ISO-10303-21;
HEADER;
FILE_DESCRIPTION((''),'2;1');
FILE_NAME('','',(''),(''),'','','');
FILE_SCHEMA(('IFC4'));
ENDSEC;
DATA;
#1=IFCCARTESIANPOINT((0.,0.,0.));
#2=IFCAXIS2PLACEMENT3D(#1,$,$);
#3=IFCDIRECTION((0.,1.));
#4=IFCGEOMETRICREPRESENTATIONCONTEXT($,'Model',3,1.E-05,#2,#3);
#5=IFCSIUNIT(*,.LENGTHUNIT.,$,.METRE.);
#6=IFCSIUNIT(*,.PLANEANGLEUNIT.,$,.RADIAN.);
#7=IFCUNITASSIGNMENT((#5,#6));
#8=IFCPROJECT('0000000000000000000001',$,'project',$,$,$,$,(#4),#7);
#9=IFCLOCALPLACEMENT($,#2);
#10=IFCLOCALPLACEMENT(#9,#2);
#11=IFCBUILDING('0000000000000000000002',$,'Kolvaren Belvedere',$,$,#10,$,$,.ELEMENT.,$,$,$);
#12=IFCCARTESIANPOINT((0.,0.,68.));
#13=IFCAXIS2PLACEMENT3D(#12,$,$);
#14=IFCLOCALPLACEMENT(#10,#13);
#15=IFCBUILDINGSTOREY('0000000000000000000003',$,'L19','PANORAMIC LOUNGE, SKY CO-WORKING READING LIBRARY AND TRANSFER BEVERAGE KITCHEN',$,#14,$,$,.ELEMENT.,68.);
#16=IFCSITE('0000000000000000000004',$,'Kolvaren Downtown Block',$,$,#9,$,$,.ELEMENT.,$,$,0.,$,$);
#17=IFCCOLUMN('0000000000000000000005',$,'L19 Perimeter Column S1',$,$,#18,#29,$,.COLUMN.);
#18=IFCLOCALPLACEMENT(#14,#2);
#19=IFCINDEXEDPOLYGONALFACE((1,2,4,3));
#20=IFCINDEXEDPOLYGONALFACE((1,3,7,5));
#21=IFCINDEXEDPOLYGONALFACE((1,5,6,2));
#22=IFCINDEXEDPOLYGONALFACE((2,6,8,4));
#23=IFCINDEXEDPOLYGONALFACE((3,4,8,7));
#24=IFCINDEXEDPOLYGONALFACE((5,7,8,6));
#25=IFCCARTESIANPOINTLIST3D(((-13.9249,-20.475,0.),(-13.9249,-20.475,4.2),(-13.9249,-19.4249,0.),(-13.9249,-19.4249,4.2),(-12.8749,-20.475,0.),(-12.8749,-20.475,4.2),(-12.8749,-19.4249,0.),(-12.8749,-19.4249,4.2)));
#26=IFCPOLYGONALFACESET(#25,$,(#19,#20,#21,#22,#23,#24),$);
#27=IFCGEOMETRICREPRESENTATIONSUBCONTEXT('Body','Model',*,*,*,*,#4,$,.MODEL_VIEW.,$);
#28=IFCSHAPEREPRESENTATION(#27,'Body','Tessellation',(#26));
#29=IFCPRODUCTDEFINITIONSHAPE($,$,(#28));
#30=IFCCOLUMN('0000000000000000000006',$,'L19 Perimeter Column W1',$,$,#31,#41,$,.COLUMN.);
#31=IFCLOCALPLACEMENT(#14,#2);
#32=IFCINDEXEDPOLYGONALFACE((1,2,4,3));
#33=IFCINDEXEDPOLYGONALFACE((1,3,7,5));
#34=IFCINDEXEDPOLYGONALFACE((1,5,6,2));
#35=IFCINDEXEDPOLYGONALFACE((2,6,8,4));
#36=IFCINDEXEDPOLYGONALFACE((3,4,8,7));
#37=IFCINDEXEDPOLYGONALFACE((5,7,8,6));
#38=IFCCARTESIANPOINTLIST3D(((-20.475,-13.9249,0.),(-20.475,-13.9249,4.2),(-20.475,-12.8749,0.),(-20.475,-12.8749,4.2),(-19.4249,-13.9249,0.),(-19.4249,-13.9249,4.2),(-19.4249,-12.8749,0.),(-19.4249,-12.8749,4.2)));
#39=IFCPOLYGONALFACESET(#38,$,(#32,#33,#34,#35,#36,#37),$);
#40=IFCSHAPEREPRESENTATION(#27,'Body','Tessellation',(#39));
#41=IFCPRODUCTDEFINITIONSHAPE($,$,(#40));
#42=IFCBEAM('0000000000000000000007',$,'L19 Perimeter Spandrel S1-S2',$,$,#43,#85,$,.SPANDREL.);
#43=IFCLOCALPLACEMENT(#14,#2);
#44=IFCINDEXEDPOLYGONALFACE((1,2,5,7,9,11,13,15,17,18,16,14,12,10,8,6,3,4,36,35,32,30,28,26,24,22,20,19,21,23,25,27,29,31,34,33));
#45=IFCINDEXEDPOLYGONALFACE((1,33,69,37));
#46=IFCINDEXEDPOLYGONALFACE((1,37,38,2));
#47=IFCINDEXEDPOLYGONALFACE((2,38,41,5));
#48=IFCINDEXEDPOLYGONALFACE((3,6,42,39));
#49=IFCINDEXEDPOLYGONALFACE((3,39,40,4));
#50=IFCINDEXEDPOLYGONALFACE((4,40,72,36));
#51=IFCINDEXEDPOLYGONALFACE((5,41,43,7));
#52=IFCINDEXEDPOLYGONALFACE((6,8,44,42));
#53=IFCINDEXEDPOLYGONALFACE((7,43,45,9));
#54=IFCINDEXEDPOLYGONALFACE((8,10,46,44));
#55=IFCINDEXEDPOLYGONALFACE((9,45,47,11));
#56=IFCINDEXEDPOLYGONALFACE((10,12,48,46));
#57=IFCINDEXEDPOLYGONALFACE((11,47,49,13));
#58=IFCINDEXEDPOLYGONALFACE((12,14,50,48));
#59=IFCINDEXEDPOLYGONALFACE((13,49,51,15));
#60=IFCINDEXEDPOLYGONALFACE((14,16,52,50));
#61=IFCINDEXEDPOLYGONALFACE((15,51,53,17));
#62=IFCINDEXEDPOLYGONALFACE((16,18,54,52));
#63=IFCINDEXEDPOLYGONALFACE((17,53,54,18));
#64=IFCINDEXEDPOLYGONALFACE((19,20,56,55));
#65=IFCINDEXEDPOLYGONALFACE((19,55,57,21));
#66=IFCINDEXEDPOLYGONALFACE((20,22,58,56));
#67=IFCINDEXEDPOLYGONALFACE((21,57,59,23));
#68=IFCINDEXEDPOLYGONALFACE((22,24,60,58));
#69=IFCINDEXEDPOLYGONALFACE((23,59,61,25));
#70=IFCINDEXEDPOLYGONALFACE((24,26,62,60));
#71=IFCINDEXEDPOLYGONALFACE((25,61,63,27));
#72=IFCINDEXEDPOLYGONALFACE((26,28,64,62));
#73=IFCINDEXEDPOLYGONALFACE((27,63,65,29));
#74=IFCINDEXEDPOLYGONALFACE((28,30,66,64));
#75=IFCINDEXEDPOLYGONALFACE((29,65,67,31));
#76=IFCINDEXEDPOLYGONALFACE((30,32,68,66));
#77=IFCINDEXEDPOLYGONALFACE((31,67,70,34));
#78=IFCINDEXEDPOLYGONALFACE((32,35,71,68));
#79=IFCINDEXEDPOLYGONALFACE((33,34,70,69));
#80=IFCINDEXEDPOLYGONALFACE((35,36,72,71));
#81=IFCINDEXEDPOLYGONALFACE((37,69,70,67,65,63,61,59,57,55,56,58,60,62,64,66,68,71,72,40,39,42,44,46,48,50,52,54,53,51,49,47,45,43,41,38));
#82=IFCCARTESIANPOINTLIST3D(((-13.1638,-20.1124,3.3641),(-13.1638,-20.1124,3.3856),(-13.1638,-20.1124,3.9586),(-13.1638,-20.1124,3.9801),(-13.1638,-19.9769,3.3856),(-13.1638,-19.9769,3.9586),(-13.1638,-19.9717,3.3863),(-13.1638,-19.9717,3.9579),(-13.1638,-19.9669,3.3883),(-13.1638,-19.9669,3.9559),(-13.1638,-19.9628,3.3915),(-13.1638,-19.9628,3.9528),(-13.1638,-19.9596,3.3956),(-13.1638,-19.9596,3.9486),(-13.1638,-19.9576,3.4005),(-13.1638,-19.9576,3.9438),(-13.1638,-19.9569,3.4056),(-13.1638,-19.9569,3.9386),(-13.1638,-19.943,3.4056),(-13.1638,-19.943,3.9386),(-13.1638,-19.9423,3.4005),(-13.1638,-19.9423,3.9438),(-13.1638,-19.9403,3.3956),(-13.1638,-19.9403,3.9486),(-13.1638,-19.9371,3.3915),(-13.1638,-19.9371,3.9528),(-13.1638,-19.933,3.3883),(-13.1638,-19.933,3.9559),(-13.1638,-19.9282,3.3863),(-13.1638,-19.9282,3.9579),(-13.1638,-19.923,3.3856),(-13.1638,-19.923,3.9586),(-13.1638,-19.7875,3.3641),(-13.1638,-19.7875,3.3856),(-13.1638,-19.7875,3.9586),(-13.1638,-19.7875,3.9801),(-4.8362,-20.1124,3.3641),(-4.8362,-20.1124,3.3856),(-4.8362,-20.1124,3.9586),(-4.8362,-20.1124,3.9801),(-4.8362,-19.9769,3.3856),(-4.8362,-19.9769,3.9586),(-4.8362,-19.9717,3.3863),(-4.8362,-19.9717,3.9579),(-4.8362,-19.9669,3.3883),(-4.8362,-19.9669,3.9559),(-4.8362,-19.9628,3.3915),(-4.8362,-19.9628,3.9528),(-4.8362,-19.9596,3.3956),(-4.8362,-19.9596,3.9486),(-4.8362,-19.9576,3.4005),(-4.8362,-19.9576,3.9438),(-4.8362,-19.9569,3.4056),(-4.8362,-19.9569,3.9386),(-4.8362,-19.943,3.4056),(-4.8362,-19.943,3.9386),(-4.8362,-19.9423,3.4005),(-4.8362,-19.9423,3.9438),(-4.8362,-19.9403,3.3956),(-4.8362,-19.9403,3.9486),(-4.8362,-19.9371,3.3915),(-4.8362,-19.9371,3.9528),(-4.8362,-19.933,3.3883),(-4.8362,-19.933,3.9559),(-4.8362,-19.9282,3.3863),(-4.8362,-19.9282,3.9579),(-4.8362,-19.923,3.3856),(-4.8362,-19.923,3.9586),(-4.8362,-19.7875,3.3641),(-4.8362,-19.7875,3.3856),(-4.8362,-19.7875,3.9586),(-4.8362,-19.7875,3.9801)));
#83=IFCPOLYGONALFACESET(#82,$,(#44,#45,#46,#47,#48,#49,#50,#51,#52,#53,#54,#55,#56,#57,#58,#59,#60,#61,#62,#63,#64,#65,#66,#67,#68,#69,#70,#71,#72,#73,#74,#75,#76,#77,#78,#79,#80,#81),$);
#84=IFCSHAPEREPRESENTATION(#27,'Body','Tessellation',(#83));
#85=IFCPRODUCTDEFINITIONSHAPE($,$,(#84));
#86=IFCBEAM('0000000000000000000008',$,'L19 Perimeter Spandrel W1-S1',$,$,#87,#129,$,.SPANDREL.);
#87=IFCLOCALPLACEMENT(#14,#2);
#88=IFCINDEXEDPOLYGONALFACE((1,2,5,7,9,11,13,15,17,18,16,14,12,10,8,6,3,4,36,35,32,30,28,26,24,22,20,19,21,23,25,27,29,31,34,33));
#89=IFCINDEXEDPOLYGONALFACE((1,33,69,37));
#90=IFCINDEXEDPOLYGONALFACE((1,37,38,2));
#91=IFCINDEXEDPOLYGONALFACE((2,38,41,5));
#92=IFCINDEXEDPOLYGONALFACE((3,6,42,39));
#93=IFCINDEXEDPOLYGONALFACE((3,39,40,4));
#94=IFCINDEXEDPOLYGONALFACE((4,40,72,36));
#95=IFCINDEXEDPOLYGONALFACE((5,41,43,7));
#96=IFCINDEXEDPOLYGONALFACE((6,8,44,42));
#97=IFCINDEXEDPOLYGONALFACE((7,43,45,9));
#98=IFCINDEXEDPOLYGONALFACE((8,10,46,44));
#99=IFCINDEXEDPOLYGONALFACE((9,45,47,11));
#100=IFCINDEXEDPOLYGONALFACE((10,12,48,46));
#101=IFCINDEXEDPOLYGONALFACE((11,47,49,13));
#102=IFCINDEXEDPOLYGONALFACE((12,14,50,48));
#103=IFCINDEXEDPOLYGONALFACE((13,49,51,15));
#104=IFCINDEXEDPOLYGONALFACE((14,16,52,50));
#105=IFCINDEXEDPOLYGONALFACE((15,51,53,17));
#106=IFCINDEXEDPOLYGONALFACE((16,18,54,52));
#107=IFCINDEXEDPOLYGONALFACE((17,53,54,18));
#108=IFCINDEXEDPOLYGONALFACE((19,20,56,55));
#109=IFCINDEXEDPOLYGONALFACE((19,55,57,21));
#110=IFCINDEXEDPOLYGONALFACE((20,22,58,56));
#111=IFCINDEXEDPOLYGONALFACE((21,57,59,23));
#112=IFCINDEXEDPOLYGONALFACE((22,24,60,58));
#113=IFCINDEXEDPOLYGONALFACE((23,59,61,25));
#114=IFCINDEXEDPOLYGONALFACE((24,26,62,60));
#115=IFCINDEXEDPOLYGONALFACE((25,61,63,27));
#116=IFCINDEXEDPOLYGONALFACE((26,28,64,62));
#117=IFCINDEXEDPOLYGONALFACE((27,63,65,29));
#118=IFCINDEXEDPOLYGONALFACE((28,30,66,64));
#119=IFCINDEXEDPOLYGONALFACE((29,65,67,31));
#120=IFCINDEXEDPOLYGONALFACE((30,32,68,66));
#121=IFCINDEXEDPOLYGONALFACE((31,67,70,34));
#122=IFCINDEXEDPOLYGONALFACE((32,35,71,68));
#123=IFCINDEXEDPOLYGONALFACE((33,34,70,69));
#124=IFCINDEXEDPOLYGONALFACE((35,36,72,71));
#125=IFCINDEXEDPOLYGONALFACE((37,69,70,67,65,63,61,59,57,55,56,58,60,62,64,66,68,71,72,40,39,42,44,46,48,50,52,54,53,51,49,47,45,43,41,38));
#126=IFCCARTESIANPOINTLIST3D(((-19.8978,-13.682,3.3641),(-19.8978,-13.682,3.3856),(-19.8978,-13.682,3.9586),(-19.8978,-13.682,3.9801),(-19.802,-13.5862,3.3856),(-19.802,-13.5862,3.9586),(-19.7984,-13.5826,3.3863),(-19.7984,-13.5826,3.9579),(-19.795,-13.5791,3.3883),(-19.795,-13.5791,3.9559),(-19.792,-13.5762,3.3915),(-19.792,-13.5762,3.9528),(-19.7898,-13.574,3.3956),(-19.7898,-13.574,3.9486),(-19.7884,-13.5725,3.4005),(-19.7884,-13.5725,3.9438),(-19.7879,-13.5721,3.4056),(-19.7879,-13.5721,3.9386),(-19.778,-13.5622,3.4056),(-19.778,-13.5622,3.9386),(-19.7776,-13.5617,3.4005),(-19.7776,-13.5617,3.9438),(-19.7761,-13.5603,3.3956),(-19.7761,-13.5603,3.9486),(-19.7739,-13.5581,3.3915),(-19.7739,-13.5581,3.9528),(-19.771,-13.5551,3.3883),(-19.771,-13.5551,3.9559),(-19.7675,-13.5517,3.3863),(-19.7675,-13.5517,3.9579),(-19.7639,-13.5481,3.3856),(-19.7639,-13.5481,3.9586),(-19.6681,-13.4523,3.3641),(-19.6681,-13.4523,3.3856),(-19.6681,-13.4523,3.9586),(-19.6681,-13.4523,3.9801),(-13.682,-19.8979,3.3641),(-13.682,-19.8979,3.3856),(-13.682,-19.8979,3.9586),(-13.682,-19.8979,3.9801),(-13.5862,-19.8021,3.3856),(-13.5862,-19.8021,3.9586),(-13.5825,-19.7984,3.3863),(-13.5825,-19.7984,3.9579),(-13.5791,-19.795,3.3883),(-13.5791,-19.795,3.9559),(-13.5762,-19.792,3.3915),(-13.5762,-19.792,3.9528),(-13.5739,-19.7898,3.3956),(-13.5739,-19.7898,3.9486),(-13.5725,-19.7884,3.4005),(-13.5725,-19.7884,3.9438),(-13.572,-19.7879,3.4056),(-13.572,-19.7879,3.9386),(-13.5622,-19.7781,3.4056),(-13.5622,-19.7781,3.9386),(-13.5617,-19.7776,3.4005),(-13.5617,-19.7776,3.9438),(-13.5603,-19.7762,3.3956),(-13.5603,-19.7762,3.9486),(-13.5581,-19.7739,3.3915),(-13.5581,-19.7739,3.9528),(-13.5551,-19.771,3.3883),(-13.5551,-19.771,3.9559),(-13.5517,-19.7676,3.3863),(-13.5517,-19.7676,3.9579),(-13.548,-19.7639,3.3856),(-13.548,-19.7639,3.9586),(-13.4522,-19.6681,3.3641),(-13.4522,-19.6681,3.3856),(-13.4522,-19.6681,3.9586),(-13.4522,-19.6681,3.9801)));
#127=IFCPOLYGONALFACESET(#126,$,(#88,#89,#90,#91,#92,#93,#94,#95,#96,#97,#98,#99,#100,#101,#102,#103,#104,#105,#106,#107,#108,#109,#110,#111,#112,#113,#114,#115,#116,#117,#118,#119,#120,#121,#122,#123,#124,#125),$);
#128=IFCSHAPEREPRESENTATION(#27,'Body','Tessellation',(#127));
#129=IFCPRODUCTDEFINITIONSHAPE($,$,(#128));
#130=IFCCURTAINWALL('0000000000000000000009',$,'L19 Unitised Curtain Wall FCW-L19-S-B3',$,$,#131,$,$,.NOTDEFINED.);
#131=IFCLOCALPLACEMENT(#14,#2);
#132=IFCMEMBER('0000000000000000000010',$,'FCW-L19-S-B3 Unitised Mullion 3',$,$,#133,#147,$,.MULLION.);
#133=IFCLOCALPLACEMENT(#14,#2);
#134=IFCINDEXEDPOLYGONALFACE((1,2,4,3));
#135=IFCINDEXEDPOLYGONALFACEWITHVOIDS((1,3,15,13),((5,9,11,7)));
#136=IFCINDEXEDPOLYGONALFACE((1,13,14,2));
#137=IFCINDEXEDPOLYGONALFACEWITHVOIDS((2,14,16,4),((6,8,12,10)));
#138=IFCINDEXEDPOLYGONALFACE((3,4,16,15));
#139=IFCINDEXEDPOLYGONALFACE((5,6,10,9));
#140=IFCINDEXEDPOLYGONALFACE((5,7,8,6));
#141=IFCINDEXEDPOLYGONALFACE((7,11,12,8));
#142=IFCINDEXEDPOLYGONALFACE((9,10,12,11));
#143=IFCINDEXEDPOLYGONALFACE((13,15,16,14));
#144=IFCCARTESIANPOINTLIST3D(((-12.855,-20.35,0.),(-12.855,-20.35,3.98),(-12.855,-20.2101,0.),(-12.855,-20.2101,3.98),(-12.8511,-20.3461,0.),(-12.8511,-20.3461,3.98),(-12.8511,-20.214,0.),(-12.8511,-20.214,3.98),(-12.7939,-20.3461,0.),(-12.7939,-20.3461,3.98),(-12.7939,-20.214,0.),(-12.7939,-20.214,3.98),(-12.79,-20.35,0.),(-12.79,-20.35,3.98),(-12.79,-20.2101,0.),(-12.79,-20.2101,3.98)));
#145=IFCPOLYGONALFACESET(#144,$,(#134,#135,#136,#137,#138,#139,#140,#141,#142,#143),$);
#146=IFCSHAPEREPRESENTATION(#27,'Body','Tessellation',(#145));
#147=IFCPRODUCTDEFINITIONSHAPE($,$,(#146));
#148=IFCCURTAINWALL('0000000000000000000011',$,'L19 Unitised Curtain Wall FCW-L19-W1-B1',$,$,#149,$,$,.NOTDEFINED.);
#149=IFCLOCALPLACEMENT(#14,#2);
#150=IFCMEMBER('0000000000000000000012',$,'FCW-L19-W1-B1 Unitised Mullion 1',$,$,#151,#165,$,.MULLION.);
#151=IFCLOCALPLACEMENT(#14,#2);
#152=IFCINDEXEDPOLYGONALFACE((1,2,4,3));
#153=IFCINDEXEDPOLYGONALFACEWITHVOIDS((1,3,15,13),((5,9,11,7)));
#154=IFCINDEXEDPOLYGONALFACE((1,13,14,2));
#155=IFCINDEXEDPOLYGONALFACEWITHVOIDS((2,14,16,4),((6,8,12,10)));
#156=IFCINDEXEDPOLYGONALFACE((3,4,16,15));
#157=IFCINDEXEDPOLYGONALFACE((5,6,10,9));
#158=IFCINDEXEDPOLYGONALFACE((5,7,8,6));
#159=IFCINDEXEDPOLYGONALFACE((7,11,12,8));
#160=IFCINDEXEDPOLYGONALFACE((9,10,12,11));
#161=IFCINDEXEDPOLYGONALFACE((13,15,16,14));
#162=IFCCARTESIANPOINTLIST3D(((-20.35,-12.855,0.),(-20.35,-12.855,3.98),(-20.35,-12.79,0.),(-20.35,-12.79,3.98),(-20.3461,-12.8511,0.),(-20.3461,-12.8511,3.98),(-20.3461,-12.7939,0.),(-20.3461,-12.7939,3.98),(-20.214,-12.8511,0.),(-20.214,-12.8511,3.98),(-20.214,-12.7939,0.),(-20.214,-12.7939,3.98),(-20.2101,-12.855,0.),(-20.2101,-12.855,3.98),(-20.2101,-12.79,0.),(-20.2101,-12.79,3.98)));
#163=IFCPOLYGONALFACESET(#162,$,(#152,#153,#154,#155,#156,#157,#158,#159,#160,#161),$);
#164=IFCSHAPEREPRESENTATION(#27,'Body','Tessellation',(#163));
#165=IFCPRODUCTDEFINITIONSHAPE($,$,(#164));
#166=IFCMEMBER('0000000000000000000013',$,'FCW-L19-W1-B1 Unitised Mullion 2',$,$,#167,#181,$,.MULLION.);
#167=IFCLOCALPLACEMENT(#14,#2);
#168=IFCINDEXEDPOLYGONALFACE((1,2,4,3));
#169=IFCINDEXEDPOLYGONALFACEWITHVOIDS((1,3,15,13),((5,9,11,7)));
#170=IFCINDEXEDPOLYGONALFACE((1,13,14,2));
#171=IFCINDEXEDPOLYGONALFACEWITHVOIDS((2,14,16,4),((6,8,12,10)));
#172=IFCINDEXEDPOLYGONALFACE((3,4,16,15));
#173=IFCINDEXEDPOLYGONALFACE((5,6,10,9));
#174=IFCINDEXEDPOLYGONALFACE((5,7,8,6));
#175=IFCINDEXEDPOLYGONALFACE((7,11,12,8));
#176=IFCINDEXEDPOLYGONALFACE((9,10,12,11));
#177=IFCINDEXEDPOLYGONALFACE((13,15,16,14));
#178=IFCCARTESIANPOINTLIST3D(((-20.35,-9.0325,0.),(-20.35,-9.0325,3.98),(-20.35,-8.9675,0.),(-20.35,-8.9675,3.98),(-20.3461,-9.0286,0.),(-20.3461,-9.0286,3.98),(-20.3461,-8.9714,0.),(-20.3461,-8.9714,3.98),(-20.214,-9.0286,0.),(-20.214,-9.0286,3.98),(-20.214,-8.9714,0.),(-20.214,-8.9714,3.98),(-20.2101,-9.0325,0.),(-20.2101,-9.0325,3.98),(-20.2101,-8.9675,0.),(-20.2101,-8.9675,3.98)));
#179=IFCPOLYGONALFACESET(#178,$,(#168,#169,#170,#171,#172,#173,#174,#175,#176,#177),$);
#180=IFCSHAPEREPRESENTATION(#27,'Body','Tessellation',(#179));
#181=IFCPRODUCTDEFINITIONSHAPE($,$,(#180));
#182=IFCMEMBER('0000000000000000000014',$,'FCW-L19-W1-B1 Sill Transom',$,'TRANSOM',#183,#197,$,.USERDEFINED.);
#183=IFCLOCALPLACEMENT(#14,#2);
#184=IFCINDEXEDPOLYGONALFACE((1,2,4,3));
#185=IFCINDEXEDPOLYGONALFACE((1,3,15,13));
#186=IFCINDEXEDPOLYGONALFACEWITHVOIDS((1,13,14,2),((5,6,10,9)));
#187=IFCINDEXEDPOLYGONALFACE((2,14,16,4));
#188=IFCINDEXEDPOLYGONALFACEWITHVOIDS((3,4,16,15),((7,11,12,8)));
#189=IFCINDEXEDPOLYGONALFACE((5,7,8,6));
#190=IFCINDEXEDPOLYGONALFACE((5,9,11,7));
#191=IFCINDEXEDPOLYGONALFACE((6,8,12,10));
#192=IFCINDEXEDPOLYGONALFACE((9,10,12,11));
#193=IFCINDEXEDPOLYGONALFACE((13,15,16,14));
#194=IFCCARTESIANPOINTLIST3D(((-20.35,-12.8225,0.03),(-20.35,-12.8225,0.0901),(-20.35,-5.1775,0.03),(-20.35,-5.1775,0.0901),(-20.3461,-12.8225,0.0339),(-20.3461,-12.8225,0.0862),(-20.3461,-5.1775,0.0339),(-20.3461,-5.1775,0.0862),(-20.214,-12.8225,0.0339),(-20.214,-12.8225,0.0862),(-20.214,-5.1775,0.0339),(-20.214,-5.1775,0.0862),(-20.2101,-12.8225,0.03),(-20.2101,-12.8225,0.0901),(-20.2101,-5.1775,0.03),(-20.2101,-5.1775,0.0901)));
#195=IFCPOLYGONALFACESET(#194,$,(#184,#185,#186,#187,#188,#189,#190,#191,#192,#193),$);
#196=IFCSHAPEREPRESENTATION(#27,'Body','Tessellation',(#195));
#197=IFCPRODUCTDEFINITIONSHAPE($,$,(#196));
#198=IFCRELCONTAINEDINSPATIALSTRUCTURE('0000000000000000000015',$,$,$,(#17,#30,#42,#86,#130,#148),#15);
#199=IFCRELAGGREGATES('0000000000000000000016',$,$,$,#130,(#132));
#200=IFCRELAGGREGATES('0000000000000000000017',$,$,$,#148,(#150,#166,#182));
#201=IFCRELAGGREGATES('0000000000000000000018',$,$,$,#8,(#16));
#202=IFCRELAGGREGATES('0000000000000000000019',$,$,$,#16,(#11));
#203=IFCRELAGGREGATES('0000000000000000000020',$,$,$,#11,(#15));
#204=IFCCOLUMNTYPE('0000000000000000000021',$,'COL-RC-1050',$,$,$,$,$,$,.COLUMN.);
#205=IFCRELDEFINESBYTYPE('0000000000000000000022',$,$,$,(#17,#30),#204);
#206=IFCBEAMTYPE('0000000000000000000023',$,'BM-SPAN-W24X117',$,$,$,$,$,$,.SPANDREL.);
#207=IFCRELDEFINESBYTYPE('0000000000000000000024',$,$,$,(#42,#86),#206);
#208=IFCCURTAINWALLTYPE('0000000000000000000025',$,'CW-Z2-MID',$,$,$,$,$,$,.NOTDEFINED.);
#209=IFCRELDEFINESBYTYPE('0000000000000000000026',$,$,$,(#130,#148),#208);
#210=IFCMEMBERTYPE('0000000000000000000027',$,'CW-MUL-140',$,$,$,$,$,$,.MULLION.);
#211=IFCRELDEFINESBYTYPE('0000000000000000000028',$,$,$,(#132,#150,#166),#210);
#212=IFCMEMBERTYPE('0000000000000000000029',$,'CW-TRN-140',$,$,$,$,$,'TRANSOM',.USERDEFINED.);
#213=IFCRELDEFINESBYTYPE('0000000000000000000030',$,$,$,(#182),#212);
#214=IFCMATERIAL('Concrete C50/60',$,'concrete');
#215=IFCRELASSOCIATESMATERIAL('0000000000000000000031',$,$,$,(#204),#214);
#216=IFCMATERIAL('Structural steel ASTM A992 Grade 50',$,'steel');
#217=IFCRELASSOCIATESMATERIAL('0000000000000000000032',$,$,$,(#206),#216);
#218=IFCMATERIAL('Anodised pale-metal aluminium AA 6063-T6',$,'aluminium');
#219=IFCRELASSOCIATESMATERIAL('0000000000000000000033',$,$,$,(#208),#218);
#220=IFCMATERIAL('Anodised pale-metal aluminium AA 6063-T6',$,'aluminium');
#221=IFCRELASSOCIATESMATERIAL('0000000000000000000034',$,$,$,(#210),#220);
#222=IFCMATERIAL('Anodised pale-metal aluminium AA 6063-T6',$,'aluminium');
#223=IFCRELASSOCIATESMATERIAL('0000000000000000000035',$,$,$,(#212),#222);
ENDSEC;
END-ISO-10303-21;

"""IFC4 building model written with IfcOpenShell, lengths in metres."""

from ifc_helpers import new_model, si_unit, direction, frame, origin, origin_2d, place, context, subcontext, project, spatial, rectangle, hollow_rectangle, i_section, extrude, material, material_profile, profile_set, type_object, element, aggregate, save


model = new_model("IFC4")

# Units and contexts
model_context = context("Model", 3, precision=1e-05, world=origin(), true_north=direction((0.0, 1.0)))
body_context = subcontext(model_context, "Body", "Model", "MODEL_VIEW")
ifc_project = project(units=[si_unit("LENGTHUNIT", "METRE"), si_unit("PLANEANGLEUNIT", "RADIAN")], contexts=[model_context])

# Site, building, storey
site_placement = place(None, origin())
site = spatial("IfcSite", under=ifc_project, at=site_placement, Name="Kolvaren Downtown Block", CompositionType="ELEMENT", RefElevation=0.0)
building_placement = place(site_placement, origin())
building = spatial("IfcBuilding", under=site, at=building_placement, Name="Kolvaren Belvedere", CompositionType="ELEMENT")
storey_placement = place(building_placement, frame((0.0, 0.0, 68.0)))
storey = spatial("IfcBuildingStorey", under=building, at=storey_placement, Name="L19", Description="PANORAMIC LOUNGE, SKY CO-WORKING READING LIBRARY AND TRANSFER BEVERAGE KITCHEN", CompositionType="ELEMENT", Elevation=68.0)

# Columns
ifc_material_1 = material(Name="Concrete C50/60", Category="concrete")
ifc_material_profile_1 = material_profile(ifc_material_1, rectangle(XDim=1.05, YDim=1.05, at=origin_2d()), Name="RC 1050X1050")
ifc_profile_set_1 = profile_set([ifc_material_profile_1], Name="Concrete C50/60")
column_type = type_object("IfcColumnType", Name="COL-RC-1050", PredefinedType="COLUMN", material=ifc_profile_set_1)
for number, where, z_axis, x_axis, name in (
    (1, (-13.3999, -19.95, 0.0), (0.0, 0.0, 1.0), (1.0, 0.0, 0.0), "L19 Perimeter Column S1"),
    (2, (-19.95, -13.3999, 0.0), (0.0, 0.0, 1.0), (1.0, 0.0, 0.0), "L19 Perimeter Column W1"),
):
    element("IfcColumn", number, at=place(storey_placement, frame(where, z_axis=z_axis, x_axis=x_axis)), inside=storey, type_object=column_type, Name=name, PredefinedType="COLUMN", context=body_context, shape_type="SweptSolid", body=[
        extrude(rectangle(XDim=1.05, YDim=1.05, at=origin_2d()), origin(), (0.0, 0.0, 1.0), 4.2),
    ])

# Beams
ifc_material_2 = material(Name="Structural steel ASTM A992 Grade 50", Category="steel")
ifc_material_profile_2 = material_profile(ifc_material_2, i_section(OverallWidth=0.325, OverallDepth=0.616, WebThickness=0.0139, FlangeThickness=0.0215, FilletRadius=0.02, at=origin_2d()), Name="W24X117")
ifc_profile_set_2 = profile_set([ifc_material_profile_2], Name="Structural steel ASTM A992 Grade 50")
beam_type = type_object("IfcBeamType", Name="BM-SPAN-W24X117", PredefinedType="SPANDREL", material=ifc_profile_set_2)
beam_1_placement = place(storey_placement, frame((-13.1638, -19.95, 3.6721), z_axis=(1.0, 0.0, 0.0), x_axis=(0.0, 1.0, 0.0)))
element("IfcBeam", 3, at=beam_1_placement, inside=storey, type_object=beam_type, Name="L19 Perimeter Spandrel S1-S2", PredefinedType="SPANDREL", context=body_context, shape_type="SweptSolid", body=[
    extrude(i_section(OverallWidth=0.325, OverallDepth=0.616, WebThickness=0.0139, FlangeThickness=0.0215, FilletRadius=0.02, at=origin_2d()), origin(), (0.0, 0.0, 1.0), 8.3276),
])
beam_2_placement = place(storey_placement, frame((-19.783, -13.5671, 3.6721), z_axis=(0.707107, -0.707107, 0.0), x_axis=(0.707107, 0.707107, 0.0)))
element("IfcBeam", 4, at=beam_2_placement, inside=storey, type_object=beam_type, Name="L19 Perimeter Spandrel W1-S1", PredefinedType="SPANDREL", context=body_context, shape_type="SweptSolid", body=[
    extrude(i_section(OverallWidth=0.325, OverallDepth=0.616, WebThickness=0.0139, FlangeThickness=0.0215, FilletRadius=0.02, at=origin_2d()), origin(), (0.0, 0.0, 1.0), 8.7905),
])

# Curtain wall, member
ifc_material_3 = material(Name="Anodised pale-metal aluminium AA 6063-T6", Category="aluminium")
curtain_wall_type = type_object("IfcCurtainWallType", Name="CW-Z2-MID", PredefinedType="NOTDEFINED", material=ifc_material_3)
curtain_wall_1_placement = place(storey_placement, origin())
curtain_wall_1 = element("IfcCurtainWall", 5, at=curtain_wall_1_placement, inside=storey, type_object=curtain_wall_type, Name="L19 Unitised Curtain Wall FCW-L19-S-B3", PredefinedType="NOTDEFINED")
ifc_material_4 = material(Name="Anodised pale-metal aluminium AA 6063-T6", Category="aluminium")
ifc_material_profile_3 = material_profile(ifc_material_4, hollow_rectangle(XDim=0.0649, YDim=0.1399, WallThickness=0.0039, at=origin_2d()), Name="ALU-MUL-140X65")
ifc_profile_set_3 = profile_set([ifc_material_profile_3], Name="Anodised pale-metal aluminium AA 6063-T6")
member_type_1 = type_object("IfcMemberType", Name="CW-MUL-140", PredefinedType="MULLION", material=ifc_profile_set_3)
member_1_placement = place(storey_placement, frame((-12.8225, -20.28, 0.0), z_axis=(0.0, 0.0, 1.0), x_axis=(1.0, 0.0, 0.0)))
member_1 = element("IfcMember", 6, at=member_1_placement, type_object=member_type_1, Name="FCW-L19-S-B3 Unitised Mullion 3", PredefinedType="MULLION", context=body_context, shape_type="SweptSolid", body=[
    extrude(hollow_rectangle(XDim=0.0649, YDim=0.1399, WallThickness=0.0039, at=origin_2d()), origin(), (0.0, 0.0, 1.0), 3.98),
])
aggregate(curtain_wall_1, [member_1])

# Curtain wall, members
curtain_wall_2_placement = place(storey_placement, origin())
curtain_wall_2 = element("IfcCurtainWall", 7, at=curtain_wall_2_placement, inside=storey, type_object=curtain_wall_type, Name="L19 Unitised Curtain Wall FCW-L19-W1-B1", PredefinedType="NOTDEFINED")
member_2_placement = place(storey_placement, frame((-20.28, -12.8225, 0.0), z_axis=(0.0, 0.0, 1.0), x_axis=(0.0, 1.0, 0.0)))
member_2 = element("IfcMember", 8, at=member_2_placement, type_object=member_type_1, Name="FCW-L19-W1-B1 Unitised Mullion 1", PredefinedType="MULLION", context=body_context, shape_type="SweptSolid", body=[
    extrude(hollow_rectangle(XDim=0.0649, YDim=0.1399, WallThickness=0.0039, at=origin_2d()), origin(), (0.0, 0.0, 1.0), 3.98),
])
member_3_placement = place(storey_placement, frame((-20.28, -9.0, 0.0), z_axis=(0.0, 0.0, 1.0), x_axis=(0.0, 1.0, 0.0)))
member_3 = element("IfcMember", 9, at=member_3_placement, type_object=member_type_1, Name="FCW-L19-W1-B1 Unitised Mullion 2", PredefinedType="MULLION", context=body_context, shape_type="SweptSolid", body=[
    extrude(hollow_rectangle(XDim=0.0649, YDim=0.1399, WallThickness=0.0039, at=origin_2d()), origin(), (0.0, 0.0, 1.0), 3.98),
])
ifc_material_5 = material(Name="Anodised pale-metal aluminium AA 6063-T6", Category="aluminium")
ifc_material_profile_4 = material_profile(ifc_material_5, hollow_rectangle(XDim=0.0601, YDim=0.1399, WallThickness=0.0039, at=origin_2d()), Name="ALU-TRN-140X60")
ifc_profile_set_4 = profile_set([ifc_material_profile_4], Name="Anodised pale-metal aluminium AA 6063-T6")
member_type_2 = type_object("IfcMemberType", Name="CW-TRN-140", ElementType="TRANSOM", PredefinedType="USERDEFINED", material=ifc_profile_set_4)
member_4_placement = place(storey_placement, frame((-20.28, -12.8225, 0.0601), z_axis=(0.0, 1.0, 0.0), x_axis=(0.0, 0.0, 1.0)))
member_4 = element("IfcMember", 10, at=member_4_placement, type_object=member_type_2, Name="FCW-L19-W1-B1 Sill Transom", ObjectType="TRANSOM", PredefinedType="USERDEFINED", context=body_context, shape_type="SweptSolid", body=[
    extrude(hollow_rectangle(XDim=0.0601, YDim=0.1399, WallThickness=0.0039, at=origin_2d()), origin(), (0.0, 0.0, 1.0), 7.645),
])
aggregate(curtain_wall_2, [member_2, member_3, member_4])

save(model, "model.ifc")
